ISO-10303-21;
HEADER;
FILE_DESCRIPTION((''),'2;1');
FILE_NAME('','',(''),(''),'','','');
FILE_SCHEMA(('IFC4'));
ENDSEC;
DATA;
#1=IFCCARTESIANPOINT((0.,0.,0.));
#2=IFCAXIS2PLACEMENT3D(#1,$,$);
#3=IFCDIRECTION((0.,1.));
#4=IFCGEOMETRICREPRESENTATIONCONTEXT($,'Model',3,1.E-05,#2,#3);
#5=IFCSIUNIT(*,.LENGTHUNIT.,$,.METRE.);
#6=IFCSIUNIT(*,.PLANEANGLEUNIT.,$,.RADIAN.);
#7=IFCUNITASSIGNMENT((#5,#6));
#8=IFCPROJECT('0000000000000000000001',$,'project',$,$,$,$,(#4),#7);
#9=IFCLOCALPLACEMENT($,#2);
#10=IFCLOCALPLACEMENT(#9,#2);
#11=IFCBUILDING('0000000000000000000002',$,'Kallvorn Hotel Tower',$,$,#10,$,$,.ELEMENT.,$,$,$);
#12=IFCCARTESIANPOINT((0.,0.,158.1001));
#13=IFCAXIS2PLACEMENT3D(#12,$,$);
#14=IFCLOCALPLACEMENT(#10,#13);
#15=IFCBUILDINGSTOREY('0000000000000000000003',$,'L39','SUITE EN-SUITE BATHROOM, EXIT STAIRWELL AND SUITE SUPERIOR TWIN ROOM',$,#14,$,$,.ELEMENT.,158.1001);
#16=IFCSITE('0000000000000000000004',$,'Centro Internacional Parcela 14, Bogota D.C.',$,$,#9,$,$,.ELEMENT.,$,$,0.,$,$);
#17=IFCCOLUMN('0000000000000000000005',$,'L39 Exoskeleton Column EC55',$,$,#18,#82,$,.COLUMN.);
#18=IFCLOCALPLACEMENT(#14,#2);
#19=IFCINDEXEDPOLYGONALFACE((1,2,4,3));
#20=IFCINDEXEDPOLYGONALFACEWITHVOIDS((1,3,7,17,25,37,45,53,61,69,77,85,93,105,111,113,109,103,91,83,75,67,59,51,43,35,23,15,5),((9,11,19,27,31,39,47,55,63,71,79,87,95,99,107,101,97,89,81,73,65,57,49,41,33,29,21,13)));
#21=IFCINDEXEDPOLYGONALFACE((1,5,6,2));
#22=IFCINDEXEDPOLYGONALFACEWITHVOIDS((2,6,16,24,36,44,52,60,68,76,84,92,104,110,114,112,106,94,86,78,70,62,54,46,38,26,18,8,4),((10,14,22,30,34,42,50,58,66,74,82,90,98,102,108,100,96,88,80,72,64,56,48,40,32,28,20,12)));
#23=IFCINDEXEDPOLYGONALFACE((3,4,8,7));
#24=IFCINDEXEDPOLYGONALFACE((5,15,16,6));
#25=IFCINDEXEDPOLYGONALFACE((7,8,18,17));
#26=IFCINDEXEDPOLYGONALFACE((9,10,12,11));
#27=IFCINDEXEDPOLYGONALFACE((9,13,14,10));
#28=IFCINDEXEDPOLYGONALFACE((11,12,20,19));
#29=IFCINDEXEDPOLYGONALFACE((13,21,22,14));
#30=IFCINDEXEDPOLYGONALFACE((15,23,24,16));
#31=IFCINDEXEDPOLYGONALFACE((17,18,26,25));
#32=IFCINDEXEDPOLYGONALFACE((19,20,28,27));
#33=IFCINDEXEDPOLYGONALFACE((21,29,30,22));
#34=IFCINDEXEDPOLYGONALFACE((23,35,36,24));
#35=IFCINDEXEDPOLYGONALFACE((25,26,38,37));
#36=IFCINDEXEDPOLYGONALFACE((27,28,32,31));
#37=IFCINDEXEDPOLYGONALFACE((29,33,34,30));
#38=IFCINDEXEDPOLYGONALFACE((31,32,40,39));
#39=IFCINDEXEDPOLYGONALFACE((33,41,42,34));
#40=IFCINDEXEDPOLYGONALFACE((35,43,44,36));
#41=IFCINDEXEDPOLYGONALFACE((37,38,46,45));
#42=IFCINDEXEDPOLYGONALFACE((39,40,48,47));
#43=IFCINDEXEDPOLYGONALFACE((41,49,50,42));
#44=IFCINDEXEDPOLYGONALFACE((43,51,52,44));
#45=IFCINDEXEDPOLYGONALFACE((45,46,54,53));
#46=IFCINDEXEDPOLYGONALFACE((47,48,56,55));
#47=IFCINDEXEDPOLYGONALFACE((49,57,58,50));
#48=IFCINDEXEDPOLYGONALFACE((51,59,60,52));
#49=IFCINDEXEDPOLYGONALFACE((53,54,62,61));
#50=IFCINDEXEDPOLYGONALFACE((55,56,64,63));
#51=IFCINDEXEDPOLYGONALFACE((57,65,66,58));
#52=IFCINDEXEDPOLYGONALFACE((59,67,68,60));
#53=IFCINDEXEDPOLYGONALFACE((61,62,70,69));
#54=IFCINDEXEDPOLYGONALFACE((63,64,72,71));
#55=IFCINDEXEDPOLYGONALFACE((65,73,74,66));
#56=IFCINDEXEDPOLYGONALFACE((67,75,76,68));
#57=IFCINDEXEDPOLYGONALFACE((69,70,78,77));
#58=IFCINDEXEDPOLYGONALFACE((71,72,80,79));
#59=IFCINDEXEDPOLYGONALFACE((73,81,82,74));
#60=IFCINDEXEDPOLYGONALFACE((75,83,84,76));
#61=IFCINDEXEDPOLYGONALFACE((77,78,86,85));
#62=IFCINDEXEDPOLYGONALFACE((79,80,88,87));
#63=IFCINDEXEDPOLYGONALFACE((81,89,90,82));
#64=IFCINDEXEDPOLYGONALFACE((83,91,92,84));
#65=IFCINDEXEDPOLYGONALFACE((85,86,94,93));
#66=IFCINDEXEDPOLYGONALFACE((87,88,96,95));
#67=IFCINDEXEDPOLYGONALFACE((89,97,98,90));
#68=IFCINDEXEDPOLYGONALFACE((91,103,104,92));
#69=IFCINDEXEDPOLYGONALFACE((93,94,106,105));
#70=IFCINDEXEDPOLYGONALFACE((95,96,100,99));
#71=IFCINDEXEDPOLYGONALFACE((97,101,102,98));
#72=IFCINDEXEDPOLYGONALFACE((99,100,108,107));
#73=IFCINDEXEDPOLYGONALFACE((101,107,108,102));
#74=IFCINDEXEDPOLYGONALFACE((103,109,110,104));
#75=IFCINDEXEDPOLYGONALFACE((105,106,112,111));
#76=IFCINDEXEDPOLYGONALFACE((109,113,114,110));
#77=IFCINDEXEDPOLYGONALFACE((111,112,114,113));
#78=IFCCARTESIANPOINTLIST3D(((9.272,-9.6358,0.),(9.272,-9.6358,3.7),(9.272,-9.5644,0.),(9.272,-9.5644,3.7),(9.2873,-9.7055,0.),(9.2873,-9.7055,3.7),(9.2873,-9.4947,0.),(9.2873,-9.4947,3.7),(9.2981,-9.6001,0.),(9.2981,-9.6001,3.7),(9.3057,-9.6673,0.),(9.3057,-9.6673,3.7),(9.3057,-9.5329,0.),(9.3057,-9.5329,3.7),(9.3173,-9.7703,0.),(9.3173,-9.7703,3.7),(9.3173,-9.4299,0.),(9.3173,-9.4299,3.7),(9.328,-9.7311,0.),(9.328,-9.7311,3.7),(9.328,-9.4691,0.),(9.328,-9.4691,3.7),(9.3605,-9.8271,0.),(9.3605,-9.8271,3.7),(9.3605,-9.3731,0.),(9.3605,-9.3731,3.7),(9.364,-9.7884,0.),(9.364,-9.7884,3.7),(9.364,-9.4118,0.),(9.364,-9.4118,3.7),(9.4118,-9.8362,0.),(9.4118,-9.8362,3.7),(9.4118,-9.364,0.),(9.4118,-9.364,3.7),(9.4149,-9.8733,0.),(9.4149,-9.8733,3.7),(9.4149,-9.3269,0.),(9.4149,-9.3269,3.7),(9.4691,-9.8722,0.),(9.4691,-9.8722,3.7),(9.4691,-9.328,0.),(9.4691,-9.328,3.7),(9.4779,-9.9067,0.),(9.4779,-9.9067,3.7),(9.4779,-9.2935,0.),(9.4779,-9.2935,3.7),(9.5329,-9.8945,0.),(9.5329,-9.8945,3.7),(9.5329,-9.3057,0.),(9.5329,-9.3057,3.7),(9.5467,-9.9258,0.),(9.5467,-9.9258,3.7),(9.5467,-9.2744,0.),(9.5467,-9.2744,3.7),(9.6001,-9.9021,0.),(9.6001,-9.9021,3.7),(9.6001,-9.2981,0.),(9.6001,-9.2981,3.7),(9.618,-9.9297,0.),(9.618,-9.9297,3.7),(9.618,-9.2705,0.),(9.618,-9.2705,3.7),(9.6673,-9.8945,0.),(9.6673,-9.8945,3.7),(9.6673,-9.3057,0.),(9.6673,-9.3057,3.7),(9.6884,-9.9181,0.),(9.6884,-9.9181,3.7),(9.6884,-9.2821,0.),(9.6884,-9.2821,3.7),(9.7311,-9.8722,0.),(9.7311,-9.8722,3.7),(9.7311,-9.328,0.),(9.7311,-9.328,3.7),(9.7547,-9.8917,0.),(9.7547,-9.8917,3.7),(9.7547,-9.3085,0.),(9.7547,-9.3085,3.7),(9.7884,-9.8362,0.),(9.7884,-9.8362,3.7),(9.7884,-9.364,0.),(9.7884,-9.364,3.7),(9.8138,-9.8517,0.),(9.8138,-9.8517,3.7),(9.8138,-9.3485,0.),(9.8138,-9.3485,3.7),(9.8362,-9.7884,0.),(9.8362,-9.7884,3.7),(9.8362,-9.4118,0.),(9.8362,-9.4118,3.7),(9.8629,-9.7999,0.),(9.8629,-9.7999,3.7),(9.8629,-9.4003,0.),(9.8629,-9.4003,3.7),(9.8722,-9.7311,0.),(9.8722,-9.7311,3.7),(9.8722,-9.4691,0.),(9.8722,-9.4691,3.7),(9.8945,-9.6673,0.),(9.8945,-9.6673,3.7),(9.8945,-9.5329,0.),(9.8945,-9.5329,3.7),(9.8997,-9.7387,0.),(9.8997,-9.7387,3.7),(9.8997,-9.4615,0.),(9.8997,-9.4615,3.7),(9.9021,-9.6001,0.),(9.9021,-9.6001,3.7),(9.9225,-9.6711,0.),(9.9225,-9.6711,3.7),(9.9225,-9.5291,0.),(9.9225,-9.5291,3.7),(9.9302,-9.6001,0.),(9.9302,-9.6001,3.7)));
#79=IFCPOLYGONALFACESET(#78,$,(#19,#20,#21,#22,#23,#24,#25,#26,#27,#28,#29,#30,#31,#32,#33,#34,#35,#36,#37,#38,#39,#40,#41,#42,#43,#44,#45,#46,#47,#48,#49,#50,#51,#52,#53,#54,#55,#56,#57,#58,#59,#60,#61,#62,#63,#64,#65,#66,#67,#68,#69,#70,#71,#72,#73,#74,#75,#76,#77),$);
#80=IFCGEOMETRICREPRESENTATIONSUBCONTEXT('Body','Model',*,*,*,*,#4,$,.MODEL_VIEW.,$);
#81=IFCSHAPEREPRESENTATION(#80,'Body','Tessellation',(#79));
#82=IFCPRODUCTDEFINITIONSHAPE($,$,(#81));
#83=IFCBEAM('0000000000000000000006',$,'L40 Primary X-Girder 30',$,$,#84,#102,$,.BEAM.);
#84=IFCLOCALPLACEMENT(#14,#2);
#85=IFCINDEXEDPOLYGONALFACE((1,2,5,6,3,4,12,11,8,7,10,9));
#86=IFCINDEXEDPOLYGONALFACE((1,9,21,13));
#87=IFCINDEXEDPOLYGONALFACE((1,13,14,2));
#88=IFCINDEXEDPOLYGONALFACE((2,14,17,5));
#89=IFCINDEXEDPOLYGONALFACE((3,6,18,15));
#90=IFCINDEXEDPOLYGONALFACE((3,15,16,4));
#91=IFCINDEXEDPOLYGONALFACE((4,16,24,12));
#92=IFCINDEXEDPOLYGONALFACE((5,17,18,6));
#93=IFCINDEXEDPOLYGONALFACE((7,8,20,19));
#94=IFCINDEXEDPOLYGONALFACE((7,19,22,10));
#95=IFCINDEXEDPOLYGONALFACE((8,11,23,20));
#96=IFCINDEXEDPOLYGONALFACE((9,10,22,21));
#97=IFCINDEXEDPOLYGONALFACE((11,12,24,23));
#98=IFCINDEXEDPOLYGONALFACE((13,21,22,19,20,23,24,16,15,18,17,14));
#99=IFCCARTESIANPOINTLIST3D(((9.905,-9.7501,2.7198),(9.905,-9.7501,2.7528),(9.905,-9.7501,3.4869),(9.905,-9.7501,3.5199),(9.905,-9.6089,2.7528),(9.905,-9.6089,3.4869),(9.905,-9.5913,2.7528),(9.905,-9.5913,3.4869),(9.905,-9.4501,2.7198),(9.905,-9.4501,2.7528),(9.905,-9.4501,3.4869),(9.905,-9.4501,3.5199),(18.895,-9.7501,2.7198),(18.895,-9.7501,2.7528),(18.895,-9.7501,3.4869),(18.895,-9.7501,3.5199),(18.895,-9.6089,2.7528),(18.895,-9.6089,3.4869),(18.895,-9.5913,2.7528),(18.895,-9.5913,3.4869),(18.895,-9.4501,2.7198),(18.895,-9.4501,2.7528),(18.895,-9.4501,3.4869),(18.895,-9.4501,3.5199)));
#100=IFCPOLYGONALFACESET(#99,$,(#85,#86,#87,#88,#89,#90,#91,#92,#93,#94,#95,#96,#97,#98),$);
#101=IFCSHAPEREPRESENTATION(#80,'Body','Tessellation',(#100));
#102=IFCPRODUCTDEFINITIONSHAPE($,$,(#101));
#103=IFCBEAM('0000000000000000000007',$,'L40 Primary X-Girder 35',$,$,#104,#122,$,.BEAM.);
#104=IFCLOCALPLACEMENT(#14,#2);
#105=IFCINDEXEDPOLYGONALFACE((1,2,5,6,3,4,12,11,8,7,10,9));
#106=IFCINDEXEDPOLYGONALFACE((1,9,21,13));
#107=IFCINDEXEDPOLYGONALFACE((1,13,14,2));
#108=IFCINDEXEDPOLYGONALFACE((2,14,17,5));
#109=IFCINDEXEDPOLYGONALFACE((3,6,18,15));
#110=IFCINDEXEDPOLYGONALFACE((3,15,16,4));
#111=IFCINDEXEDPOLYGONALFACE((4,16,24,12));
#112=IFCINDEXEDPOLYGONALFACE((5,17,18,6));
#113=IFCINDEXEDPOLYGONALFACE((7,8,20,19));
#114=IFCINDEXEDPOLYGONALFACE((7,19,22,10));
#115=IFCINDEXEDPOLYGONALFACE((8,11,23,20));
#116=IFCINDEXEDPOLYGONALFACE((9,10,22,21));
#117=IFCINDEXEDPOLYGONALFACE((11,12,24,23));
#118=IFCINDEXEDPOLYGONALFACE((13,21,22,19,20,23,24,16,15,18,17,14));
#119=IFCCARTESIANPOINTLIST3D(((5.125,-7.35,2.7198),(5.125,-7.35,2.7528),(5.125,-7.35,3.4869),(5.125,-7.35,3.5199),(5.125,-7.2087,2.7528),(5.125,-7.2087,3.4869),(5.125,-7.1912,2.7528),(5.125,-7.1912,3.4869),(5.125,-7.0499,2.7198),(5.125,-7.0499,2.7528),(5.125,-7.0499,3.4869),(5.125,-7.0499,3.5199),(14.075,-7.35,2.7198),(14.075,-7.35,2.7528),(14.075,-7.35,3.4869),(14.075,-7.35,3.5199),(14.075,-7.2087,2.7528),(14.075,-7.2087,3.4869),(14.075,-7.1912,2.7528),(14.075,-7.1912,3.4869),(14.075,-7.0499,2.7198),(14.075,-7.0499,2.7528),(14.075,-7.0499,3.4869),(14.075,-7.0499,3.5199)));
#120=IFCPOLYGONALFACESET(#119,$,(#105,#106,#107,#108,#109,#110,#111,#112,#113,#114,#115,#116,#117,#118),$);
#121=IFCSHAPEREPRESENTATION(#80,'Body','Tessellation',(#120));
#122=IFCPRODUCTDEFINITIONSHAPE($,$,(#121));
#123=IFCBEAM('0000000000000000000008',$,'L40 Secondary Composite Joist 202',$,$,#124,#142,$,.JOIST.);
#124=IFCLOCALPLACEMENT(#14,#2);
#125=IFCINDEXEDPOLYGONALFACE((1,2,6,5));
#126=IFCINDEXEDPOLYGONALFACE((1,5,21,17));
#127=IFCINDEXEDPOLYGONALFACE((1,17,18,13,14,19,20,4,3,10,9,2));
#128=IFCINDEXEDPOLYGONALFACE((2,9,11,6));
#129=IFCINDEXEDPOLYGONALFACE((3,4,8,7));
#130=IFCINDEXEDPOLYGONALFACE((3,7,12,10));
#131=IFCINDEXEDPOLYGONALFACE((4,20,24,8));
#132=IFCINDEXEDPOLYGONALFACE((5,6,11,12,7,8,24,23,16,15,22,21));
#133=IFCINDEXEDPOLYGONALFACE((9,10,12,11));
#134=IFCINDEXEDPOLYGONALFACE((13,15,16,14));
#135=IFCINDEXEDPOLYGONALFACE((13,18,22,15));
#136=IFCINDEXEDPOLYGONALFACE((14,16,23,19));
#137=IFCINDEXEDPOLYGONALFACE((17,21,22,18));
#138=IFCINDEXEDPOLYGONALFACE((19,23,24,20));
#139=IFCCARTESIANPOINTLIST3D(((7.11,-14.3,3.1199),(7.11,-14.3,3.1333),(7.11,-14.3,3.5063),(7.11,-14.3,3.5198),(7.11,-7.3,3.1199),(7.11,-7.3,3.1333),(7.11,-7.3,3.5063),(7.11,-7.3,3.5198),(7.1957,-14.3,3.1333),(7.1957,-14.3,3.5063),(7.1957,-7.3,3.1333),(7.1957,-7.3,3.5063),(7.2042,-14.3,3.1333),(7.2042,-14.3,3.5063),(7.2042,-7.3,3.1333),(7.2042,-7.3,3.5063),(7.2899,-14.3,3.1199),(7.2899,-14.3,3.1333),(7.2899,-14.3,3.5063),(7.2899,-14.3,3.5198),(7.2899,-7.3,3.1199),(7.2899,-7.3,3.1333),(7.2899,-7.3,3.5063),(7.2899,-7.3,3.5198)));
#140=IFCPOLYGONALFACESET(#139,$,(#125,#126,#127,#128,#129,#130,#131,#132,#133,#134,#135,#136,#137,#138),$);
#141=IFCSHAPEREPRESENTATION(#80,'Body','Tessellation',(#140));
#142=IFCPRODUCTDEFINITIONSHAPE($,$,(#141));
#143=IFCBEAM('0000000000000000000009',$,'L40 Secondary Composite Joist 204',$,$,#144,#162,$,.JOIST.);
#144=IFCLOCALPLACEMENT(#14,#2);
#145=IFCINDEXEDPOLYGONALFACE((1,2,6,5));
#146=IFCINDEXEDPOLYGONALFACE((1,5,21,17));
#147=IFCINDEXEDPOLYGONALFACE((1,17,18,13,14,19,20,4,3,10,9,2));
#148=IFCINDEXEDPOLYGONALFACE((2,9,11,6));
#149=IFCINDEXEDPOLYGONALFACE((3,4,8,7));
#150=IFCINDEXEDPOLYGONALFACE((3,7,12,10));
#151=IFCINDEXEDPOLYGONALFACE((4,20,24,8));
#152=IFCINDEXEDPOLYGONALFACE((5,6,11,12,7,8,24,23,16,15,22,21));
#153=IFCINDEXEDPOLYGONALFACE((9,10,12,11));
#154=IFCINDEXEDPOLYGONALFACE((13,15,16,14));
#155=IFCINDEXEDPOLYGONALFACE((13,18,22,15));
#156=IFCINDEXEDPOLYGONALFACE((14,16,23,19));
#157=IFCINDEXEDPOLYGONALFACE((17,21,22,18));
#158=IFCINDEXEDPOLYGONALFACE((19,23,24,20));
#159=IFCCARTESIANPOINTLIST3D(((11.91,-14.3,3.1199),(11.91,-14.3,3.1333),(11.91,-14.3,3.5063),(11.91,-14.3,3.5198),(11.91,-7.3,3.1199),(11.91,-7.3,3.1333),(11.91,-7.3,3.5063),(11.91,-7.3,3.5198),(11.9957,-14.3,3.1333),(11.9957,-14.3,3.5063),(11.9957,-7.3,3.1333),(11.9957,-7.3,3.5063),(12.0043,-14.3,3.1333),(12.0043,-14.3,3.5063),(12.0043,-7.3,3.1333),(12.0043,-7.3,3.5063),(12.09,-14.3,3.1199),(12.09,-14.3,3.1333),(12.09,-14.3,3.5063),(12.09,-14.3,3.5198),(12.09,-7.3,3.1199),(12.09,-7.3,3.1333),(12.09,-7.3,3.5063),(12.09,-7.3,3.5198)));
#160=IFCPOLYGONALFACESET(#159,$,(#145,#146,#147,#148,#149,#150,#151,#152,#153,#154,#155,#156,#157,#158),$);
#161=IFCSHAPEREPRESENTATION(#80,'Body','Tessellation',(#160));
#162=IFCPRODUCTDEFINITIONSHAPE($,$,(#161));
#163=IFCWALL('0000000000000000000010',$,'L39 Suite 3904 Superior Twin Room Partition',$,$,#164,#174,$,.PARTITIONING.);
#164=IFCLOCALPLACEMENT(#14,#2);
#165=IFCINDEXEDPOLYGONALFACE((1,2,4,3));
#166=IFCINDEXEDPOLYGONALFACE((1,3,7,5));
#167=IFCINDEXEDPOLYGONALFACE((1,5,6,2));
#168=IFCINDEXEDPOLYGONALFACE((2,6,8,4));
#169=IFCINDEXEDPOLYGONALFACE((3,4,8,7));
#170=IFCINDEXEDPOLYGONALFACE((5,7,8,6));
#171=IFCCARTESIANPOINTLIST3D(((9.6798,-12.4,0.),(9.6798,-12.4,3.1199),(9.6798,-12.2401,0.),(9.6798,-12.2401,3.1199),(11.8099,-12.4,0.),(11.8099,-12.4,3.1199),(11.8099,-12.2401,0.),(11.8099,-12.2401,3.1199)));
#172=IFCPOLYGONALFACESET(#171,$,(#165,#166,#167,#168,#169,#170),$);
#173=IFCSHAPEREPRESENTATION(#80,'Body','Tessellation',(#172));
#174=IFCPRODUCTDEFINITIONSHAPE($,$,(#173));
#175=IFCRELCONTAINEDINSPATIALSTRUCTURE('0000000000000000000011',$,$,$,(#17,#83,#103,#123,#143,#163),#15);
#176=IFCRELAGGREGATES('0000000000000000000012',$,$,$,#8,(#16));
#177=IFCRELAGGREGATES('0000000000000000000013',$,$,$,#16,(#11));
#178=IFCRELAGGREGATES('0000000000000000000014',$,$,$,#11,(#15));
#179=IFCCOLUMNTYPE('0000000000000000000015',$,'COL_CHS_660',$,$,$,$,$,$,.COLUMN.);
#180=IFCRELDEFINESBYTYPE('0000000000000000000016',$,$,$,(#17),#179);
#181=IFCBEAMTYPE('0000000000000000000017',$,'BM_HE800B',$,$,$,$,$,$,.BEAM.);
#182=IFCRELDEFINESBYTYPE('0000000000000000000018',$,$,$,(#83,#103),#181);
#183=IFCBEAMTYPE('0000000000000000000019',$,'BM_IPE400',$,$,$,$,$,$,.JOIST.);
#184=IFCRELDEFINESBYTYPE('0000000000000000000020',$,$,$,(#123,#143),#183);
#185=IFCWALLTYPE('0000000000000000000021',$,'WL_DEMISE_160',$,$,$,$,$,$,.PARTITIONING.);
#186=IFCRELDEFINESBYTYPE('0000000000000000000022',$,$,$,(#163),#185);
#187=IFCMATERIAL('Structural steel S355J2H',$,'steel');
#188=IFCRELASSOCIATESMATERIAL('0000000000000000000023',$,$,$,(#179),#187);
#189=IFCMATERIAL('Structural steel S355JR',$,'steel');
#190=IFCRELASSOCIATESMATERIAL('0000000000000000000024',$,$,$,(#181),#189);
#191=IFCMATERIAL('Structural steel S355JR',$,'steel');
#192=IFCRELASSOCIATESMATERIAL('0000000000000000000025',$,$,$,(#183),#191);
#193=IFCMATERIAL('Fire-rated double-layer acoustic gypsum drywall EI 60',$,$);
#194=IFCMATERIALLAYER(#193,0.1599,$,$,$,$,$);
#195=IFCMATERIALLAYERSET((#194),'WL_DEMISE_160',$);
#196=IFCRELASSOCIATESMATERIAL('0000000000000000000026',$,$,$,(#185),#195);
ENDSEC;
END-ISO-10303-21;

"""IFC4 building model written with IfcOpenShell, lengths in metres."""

from ifc_helpers import new_model, si_unit, direction, frame, frame_2d, origin, origin_2d, place, context, subcontext, project, spatial, rectangle, hollow_circle, i_section, extrude, material, layer, layer_set, material_profile, profile_set, type_object, element, save


model = new_model("IFC4")

# Units and contexts
model_context = context("Model", 3, precision=1e-05, world=origin(), true_north=direction((0.0, 1.0)))
body_context = subcontext(model_context, "Body", "Model", "MODEL_VIEW")
ifc_project = project(units=[si_unit("LENGTHUNIT", "METRE"), si_unit("PLANEANGLEUNIT", "RADIAN")], contexts=[model_context])

# Site, building, storey
site_placement = place(None, origin())
site = spatial("IfcSite", under=ifc_project, at=site_placement, Name="Centro Internacional Parcela 14, Bogota D.C.", CompositionType="ELEMENT", RefElevation=0.0)
building_placement = place(site_placement, origin())
building = spatial("IfcBuilding", under=site, at=building_placement, Name="Kallvorn Hotel Tower", CompositionType="ELEMENT")
storey_placement = place(building_placement, frame((0.0, 0.0, 158.1001)))
storey = spatial("IfcBuildingStorey", under=building, at=storey_placement, Name="L39", Description="SUITE EN-SUITE BATHROOM, EXIT STAIRWELL AND SUITE SUPERIOR TWIN ROOM", CompositionType="ELEMENT", Elevation=158.1001)

# Column
ifc_material_1 = material(Name="Structural steel S355J2H", Category="steel")
ifc_material_profile_1 = material_profile(ifc_material_1, hollow_circle(Radius=0.3301, WallThickness=0.0281, at=origin_2d()), Name="CHS 660x28")
ifc_profile_set_1 = profile_set([ifc_material_profile_1], Name="Structural steel S355J2H")
column_type = type_object("IfcColumnType", Name="COL_CHS_660", PredefinedType="COLUMN", material=ifc_profile_set_1)
column_placement = place(storey_placement, frame((9.6001, -9.6001, 0.0), z_axis=(0.0, 0.0, 1.0), x_axis=(1.0, 0.0, 0.0)))
element("IfcColumn", 1, at=column_placement, inside=storey, type_object=column_type, Name="L39 Exoskeleton Column EC55", PredefinedType="COLUMN", context=body_context, shape_type="SweptSolid", body=[
    extrude(hollow_circle(Radius=0.3301, WallThickness=0.0281, at=origin_2d()), origin(), (0.0, 0.0, 1.0), 3.7),
])

# Beams
ifc_material_2 = material(Name="Structural steel S355JR", Category="steel")
ifc_material_profile_2 = material_profile(ifc_material_2, i_section(OverallWidth=0.3, OverallDepth=0.8, WebThickness=0.0176, FlangeThickness=0.033, at=origin_2d()), Name="HE 800 B")
ifc_profile_set_2 = profile_set([ifc_material_profile_2], Name="Structural steel S355JR")
beam_type_1 = type_object("IfcBeamType", Name="BM_HE800B", PredefinedType="BEAM", material=ifc_profile_set_2)
beam_1_placement = place(storey_placement, frame((9.905, -9.6001, 3.1199), z_axis=(1.0, 0.0, 0.0), x_axis=(0.0, 1.0, 0.0)))
element("IfcBeam", 2, at=beam_1_placement, inside=storey, type_object=beam_type_1, Name="L40 Primary X-Girder 30", PredefinedType="BEAM", context=body_context, shape_type="SweptSolid", body=[
    extrude(i_section(OverallWidth=0.3, OverallDepth=0.8, WebThickness=0.0176, FlangeThickness=0.033, at=origin_2d()), origin(), (0.0, 0.0, 1.0), 8.99),
])
beam_2_placement = place(storey_placement, frame((5.125, -7.2, 3.1199), z_axis=(1.0, 0.0, 0.0), x_axis=(0.0, 1.0, 0.0)))
element("IfcBeam", 3, at=beam_2_placement, inside=storey, type_object=beam_type_1, Name="L40 Primary X-Girder 35", PredefinedType="BEAM", context=body_context, shape_type="SweptSolid", body=[
    extrude(i_section(OverallWidth=0.3, OverallDepth=0.8, WebThickness=0.0176, FlangeThickness=0.033, at=origin_2d()), origin(), (0.0, 0.0, 1.0), 8.95),
])
ifc_material_3 = material(Name="Structural steel S355JR", Category="steel")
ifc_material_profile_3 = material_profile(ifc_material_3, i_section(OverallWidth=0.1799, OverallDepth=0.3999, WebThickness=0.0085, FlangeThickness=0.0134, at=origin_2d()), Name="IPE 400")
ifc_profile_set_3 = profile_set([ifc_material_profile_3], Name="Structural steel S355JR")
beam_type_2 = type_object("IfcBeamType", Name="BM_IPE400", PredefinedType="JOIST", material=ifc_profile_set_3)
for number, where, z_axis, x_axis, name in (
    (4, (7.2, -14.3, 3.3198), (0.0, 1.0, 0.0), (-1.0, 0.0, 0.0), "L40 Secondary Composite Joist 202"),
    (5, (12.0, -14.3, 3.3198), (0.0, 1.0, 0.0), (-1.0, 0.0, 0.0), "L40 Secondary Composite Joist 204"),
):
    element("IfcBeam", number, at=place(storey_placement, frame(where, z_axis=z_axis, x_axis=x_axis)), inside=storey, type_object=beam_type_2, Name=name, PredefinedType="JOIST", context=body_context, shape_type="SweptSolid", body=[
        extrude(i_section(OverallWidth=0.1799, OverallDepth=0.3999, WebThickness=0.0085, FlangeThickness=0.0134, at=origin_2d()), origin(), (0.0, 0.0, 1.0), 7.0),
    ])

# Wall
ifc_material_4 = material(Name="Fire-rated double-layer acoustic gypsum drywall EI 60")
ifc_layer_1 = layer(ifc_material_4, 0.1599)
ifc_layer_set_1 = layer_set([ifc_layer_1], Name="WL_DEMISE_160")
wall_type_1 = type_object("IfcWallType", Name="WL_DEMISE_160", PredefinedType="PARTITIONING", material=ifc_layer_set_1)
wall_1_placement = place(storey_placement, frame((9.6799, -12.3201, 0.0), z_axis=(0.0, 0.0, 1.0), x_axis=(1.0, 0.0, 0.0)))
element("IfcWall", 6, at=wall_1_placement, inside=storey, type_object=wall_type_1, Name="L39 Suite 3904 Superior Twin Room Partition", PredefinedType="PARTITIONING", context=body_context, shape_type="SweptSolid", body=[
    extrude(rectangle(XDim=2.1301, YDim=0.1599, at=frame_2d((1.0649, 0.0))), origin(), (0.0, 0.0, 1.0), 3.1199),
])

save(model, "model.ifc")
